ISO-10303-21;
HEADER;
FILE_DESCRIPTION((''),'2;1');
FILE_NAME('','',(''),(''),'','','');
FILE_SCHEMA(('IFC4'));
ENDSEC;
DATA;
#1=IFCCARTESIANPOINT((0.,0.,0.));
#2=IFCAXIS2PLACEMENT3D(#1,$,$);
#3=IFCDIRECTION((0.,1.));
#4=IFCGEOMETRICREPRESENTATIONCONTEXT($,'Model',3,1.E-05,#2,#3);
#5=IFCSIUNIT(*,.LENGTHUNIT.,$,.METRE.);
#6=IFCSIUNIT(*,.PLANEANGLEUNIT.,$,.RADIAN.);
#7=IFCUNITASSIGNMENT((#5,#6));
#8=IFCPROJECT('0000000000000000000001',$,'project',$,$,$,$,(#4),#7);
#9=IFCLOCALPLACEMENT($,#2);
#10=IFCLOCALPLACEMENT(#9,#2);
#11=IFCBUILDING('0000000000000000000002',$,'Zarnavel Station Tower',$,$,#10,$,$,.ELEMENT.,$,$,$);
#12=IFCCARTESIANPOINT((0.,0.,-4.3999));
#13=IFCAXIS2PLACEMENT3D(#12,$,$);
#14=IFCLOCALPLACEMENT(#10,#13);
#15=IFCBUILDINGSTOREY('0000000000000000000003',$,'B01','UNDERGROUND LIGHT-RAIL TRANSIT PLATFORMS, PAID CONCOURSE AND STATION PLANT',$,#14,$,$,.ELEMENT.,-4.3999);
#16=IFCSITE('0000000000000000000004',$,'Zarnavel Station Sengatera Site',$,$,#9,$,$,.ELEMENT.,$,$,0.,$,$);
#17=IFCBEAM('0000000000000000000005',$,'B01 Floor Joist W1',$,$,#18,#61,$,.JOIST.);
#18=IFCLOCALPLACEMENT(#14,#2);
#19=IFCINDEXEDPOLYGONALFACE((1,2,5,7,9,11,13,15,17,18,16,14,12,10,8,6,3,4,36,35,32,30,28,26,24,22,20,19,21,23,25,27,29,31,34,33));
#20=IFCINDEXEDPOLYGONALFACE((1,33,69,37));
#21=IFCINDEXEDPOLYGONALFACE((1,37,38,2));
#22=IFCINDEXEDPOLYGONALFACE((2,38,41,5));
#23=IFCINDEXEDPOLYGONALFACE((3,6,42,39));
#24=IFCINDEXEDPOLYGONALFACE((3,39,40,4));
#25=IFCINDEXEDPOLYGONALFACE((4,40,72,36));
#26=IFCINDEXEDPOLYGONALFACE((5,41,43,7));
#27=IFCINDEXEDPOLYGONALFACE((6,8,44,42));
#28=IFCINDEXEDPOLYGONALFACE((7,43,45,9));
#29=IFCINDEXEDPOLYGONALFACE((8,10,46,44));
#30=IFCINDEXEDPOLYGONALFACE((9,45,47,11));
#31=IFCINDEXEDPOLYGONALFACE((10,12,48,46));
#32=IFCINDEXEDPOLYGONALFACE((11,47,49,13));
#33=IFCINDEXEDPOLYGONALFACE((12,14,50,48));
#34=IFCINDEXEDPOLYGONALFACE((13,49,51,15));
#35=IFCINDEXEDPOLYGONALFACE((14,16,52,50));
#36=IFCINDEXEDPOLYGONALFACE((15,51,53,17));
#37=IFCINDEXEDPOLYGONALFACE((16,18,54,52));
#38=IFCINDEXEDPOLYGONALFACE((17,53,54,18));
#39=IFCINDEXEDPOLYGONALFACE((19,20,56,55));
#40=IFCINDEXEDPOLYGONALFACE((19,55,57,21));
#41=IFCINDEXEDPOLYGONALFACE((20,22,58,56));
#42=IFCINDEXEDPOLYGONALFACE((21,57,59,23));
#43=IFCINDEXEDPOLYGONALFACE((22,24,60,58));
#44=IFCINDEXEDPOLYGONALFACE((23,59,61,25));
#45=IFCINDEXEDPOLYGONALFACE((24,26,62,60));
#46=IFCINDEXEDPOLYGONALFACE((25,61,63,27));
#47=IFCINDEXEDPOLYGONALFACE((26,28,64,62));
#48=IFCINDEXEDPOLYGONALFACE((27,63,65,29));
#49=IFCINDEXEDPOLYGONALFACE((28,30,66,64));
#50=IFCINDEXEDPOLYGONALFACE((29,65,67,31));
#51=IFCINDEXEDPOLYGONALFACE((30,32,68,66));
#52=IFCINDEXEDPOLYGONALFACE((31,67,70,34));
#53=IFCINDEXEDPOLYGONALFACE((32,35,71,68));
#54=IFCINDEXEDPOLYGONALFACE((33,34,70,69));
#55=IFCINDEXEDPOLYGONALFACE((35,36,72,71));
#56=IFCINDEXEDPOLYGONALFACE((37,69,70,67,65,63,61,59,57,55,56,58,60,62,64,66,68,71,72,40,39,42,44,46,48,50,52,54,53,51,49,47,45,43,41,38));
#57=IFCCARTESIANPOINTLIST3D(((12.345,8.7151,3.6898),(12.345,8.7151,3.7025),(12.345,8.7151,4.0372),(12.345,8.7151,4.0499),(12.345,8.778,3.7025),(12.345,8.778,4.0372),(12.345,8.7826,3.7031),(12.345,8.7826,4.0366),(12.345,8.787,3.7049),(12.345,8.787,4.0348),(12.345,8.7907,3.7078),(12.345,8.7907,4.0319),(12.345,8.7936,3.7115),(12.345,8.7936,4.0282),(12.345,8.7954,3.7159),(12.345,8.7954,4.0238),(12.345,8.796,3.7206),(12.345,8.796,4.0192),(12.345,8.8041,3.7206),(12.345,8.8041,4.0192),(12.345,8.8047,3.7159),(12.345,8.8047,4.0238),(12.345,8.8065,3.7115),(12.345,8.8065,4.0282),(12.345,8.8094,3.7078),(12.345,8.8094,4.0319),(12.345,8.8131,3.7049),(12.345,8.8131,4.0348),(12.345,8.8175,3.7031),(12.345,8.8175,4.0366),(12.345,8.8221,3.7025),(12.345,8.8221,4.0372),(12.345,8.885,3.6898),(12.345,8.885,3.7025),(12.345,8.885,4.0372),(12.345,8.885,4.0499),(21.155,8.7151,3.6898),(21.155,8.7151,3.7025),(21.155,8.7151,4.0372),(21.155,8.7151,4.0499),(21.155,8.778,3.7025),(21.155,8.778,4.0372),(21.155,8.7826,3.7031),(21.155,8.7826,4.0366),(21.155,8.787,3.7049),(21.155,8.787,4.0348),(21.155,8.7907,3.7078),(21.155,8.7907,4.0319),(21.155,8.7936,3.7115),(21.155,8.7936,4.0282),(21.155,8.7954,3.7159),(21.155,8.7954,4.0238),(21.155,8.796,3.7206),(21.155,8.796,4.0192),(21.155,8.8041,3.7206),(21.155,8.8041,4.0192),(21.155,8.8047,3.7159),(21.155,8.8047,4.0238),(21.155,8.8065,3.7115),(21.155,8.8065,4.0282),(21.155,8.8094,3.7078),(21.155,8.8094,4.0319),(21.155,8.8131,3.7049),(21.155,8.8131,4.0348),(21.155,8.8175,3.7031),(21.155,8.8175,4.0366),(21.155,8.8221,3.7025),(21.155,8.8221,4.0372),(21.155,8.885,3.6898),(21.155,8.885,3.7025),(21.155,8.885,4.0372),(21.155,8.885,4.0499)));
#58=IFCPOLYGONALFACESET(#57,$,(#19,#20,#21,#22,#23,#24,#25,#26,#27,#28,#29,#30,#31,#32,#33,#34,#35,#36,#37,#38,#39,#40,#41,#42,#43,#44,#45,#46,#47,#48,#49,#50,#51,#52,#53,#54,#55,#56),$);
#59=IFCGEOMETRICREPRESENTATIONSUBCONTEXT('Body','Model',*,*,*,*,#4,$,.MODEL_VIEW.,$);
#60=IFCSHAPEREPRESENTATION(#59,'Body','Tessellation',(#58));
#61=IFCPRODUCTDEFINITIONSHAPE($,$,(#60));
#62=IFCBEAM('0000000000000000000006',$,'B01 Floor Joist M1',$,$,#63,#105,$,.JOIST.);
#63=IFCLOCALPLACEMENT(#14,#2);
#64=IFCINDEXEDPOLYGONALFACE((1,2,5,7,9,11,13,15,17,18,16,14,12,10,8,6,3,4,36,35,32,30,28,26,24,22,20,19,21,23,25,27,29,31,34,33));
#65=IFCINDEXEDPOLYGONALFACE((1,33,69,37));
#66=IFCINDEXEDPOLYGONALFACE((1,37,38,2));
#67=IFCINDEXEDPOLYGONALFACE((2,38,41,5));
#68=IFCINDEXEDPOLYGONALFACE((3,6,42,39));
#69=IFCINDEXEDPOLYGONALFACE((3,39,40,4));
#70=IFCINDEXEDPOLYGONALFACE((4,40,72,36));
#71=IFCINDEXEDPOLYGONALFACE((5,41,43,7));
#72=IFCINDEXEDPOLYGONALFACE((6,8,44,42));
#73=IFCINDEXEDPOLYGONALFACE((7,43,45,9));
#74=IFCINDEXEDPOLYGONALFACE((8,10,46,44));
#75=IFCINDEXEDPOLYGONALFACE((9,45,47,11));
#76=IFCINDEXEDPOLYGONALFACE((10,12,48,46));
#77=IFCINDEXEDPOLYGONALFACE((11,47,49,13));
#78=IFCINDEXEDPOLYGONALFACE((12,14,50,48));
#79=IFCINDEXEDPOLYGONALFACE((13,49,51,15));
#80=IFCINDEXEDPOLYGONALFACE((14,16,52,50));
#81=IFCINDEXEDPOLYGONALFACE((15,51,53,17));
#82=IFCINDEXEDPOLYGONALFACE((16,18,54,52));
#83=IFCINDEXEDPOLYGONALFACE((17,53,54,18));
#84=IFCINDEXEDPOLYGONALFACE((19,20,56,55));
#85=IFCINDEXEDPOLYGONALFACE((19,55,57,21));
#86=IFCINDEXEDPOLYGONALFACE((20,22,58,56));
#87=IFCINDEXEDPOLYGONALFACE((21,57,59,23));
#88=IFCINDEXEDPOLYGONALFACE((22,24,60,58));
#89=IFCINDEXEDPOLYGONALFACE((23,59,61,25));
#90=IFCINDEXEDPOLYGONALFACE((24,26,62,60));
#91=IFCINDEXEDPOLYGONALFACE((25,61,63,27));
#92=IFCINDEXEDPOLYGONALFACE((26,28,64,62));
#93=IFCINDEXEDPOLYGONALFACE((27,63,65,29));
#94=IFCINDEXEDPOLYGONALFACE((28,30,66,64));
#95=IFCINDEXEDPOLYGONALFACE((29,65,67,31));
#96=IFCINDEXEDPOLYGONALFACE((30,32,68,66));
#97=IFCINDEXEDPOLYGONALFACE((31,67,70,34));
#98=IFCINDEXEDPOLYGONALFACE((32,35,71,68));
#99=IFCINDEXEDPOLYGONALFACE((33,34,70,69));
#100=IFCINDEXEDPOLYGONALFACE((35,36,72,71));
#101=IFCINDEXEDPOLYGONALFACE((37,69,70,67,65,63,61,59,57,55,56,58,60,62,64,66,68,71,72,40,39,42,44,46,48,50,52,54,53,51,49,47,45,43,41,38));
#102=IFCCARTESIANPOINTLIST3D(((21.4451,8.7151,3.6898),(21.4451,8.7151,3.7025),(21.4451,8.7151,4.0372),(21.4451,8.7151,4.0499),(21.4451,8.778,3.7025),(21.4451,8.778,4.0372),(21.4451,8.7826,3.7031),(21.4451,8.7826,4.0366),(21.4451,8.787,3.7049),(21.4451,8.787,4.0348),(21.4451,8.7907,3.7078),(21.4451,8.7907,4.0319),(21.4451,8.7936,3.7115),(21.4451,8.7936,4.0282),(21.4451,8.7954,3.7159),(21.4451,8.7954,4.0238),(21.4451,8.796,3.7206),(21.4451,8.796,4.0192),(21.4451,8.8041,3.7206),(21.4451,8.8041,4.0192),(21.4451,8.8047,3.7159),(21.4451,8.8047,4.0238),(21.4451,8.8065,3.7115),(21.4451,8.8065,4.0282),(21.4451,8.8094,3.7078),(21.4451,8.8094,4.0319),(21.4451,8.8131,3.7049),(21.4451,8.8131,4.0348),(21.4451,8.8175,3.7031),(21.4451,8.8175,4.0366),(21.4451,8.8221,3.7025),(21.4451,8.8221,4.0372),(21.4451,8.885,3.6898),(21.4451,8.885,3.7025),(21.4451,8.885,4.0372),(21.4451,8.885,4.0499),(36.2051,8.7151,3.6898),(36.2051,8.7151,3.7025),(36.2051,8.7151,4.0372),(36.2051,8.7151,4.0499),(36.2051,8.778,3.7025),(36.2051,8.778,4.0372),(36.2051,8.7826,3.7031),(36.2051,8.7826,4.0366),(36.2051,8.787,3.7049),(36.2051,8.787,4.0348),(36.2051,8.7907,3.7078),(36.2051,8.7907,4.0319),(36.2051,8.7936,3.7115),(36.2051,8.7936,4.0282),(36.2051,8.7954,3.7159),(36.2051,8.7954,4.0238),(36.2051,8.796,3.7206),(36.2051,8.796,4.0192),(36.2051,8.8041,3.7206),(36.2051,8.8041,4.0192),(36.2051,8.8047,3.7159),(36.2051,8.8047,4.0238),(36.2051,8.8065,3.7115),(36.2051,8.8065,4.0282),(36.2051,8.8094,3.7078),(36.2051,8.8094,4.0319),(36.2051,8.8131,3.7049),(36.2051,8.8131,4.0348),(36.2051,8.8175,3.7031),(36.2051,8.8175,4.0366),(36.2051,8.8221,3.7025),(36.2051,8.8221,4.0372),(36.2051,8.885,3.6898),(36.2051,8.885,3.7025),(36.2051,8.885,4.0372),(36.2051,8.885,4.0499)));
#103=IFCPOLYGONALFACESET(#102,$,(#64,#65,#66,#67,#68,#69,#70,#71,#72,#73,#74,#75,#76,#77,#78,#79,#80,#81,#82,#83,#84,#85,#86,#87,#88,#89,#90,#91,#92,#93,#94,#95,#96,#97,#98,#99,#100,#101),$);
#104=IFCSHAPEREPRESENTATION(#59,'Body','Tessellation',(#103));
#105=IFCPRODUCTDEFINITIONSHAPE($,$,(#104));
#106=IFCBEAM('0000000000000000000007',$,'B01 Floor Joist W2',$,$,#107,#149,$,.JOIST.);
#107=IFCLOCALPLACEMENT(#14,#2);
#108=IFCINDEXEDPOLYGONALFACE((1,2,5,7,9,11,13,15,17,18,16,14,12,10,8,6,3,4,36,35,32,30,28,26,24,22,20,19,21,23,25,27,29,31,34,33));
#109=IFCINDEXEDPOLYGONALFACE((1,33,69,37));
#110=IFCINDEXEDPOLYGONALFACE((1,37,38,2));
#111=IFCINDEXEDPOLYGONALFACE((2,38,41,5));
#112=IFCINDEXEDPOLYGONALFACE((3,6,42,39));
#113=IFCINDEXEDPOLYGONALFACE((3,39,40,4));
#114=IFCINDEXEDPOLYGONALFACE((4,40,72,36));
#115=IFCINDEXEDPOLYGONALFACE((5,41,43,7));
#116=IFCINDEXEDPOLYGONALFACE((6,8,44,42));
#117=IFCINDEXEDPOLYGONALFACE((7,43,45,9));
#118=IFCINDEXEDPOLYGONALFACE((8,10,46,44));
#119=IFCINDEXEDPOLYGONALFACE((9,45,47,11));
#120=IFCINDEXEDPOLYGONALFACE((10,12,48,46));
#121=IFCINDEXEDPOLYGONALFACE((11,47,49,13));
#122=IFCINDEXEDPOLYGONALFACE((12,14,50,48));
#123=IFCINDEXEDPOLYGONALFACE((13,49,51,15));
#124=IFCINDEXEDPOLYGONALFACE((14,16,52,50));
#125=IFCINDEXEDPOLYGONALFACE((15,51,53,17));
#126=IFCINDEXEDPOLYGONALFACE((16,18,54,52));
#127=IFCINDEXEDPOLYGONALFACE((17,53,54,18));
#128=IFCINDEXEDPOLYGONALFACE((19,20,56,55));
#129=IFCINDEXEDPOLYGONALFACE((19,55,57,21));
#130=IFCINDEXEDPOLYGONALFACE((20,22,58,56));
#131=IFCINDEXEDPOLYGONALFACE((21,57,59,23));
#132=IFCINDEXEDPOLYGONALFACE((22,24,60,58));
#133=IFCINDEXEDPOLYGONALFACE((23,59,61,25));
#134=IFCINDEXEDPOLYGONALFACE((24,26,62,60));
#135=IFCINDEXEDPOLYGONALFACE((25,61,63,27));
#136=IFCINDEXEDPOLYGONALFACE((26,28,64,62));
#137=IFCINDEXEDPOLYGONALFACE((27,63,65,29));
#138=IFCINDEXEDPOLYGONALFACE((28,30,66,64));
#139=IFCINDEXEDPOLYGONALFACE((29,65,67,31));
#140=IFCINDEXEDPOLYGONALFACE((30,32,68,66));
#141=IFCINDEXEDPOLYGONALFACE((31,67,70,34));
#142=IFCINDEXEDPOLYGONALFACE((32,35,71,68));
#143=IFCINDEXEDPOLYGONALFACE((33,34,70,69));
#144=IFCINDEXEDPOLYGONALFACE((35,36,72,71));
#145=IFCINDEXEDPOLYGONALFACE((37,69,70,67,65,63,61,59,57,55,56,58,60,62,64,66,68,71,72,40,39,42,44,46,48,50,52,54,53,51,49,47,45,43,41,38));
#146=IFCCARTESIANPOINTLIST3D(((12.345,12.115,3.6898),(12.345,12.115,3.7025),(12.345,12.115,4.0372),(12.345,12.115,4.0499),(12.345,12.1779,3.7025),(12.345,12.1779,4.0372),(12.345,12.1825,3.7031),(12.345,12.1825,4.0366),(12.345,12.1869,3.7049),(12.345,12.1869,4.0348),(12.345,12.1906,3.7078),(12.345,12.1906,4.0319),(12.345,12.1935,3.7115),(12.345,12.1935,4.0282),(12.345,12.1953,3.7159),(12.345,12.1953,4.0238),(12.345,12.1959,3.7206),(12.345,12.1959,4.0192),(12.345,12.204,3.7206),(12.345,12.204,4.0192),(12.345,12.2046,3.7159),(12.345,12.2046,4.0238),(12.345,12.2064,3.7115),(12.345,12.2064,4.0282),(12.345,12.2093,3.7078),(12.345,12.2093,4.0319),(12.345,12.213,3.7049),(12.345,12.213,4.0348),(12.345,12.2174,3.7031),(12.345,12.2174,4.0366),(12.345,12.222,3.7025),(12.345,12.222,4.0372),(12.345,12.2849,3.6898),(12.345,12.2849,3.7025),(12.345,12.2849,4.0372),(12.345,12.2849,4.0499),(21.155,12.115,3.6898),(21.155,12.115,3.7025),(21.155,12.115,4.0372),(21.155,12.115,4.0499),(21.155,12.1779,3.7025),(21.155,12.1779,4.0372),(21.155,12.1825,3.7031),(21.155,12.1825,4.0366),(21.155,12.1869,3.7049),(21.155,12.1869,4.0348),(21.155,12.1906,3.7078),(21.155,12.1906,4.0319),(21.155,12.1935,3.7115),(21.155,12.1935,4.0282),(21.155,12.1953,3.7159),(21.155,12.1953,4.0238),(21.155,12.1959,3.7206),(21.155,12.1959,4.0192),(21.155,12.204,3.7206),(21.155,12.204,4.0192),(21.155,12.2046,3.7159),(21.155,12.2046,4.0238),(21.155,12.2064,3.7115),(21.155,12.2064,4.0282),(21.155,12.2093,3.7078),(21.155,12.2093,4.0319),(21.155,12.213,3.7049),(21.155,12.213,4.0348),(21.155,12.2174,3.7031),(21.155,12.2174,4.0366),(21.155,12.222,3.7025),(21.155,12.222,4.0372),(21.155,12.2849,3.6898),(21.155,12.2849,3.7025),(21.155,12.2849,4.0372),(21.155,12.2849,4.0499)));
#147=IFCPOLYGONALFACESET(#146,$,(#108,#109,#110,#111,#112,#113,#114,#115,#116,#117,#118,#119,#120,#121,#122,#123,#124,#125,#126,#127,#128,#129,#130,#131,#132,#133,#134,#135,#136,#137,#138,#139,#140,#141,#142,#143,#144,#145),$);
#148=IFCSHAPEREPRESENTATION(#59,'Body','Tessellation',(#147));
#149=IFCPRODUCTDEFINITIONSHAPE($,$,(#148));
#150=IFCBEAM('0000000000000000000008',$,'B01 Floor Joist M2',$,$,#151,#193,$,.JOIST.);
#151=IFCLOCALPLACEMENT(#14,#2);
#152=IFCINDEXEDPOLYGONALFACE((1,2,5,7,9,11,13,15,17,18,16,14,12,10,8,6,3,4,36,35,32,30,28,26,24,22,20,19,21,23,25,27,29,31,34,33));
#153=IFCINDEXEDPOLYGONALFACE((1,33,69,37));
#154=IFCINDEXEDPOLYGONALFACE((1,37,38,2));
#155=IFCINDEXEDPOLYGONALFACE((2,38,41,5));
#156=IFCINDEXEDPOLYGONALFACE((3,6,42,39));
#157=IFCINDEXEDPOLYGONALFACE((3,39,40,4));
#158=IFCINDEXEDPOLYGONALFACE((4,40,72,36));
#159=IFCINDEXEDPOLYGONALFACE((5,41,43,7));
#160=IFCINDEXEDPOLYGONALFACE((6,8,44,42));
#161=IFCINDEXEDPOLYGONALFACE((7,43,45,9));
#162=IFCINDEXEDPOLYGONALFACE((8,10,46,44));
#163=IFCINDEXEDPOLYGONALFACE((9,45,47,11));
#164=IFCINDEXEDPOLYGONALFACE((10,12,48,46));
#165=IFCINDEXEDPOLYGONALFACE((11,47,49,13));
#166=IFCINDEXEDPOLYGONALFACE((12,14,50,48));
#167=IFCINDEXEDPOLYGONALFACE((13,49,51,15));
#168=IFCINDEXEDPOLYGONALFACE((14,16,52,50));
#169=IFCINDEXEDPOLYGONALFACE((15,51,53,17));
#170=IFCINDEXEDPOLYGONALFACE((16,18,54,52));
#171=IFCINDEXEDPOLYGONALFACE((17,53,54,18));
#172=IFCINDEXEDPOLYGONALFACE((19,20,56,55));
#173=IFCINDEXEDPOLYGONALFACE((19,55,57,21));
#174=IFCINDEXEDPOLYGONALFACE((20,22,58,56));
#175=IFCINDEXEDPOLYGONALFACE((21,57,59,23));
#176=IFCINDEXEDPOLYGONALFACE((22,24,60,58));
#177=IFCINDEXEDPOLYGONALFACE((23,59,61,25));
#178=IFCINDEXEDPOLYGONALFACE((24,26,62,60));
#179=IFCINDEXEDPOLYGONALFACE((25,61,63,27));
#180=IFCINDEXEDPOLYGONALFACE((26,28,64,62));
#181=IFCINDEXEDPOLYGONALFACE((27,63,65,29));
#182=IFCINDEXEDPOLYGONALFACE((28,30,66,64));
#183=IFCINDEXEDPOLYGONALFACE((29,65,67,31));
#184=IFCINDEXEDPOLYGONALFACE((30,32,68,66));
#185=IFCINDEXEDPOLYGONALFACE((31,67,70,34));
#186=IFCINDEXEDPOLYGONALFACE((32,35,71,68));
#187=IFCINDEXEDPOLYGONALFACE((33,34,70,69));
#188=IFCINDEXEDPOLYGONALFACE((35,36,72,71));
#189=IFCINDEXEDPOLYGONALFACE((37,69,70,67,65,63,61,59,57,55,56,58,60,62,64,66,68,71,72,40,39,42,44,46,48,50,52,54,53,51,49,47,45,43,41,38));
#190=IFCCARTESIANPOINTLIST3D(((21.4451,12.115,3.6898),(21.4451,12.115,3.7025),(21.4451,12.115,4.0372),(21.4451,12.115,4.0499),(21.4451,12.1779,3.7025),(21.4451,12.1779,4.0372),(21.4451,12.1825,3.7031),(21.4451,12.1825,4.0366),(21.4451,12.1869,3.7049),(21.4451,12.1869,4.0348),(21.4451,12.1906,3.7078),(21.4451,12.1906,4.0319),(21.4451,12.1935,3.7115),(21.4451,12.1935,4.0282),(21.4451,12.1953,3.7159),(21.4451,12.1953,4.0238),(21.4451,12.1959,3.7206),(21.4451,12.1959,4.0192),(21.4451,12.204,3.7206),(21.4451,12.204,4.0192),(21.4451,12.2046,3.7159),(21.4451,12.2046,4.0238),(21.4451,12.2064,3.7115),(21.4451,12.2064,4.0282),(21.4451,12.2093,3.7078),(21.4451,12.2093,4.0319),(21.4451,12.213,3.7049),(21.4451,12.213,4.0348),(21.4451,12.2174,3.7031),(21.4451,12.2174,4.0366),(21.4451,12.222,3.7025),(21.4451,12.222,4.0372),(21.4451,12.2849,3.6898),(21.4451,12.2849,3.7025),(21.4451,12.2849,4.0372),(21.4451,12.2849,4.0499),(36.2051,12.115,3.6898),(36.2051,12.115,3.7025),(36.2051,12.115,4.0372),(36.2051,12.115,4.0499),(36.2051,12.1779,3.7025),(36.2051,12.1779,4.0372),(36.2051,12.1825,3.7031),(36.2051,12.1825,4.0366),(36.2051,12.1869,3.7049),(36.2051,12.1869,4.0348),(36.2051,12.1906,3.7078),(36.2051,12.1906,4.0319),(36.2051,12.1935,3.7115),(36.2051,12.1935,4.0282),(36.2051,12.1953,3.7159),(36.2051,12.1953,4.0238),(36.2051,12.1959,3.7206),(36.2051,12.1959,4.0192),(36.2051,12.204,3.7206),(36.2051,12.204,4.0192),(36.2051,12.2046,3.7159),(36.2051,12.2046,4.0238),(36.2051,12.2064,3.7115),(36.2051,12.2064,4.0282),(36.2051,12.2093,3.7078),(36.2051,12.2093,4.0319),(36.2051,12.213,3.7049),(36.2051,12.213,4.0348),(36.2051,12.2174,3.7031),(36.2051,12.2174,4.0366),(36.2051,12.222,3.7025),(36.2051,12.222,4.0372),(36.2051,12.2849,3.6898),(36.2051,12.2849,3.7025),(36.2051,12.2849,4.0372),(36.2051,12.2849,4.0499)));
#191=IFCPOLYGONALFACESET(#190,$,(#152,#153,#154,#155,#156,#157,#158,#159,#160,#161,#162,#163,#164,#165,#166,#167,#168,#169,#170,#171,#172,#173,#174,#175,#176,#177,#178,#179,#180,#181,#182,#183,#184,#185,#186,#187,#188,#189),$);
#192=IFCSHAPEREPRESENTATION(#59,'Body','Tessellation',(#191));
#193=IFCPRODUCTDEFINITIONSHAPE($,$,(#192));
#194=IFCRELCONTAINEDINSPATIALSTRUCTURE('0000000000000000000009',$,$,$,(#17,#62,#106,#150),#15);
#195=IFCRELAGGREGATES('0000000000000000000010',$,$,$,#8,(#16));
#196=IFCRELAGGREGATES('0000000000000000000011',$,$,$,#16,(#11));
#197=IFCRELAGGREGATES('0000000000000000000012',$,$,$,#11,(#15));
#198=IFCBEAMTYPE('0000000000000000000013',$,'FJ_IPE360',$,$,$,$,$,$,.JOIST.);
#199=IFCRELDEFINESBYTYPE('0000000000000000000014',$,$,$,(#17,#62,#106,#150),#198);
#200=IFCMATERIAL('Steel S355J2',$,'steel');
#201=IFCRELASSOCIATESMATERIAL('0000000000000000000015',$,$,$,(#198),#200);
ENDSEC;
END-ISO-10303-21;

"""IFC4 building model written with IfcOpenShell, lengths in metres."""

from ifc_helpers import new_model, si_unit, direction, frame, origin, origin_2d, place, context, subcontext, project, spatial, i_section, extrude, material, material_profile, profile_set, type_object, element, save


model = new_model("IFC4")

# Units and contexts
model_context = context("Model", 3, precision=1e-05, world=origin(), true_north=direction((0.0, 1.0)))
body_context = subcontext(model_context, "Body", "Model", "MODEL_VIEW")
ifc_project = project(units=[si_unit("LENGTHUNIT", "METRE"), si_unit("PLANEANGLEUNIT", "RADIAN")], contexts=[model_context])

# Site, building, storey
site_placement = place(None, origin())
site = spatial("IfcSite", under=ifc_project, at=site_placement, Name="Zarnavel Station Sengatera Site", CompositionType="ELEMENT", RefElevation=0.0)
building_placement = place(site_placement, origin())
building = spatial("IfcBuilding", under=site, at=building_placement, Name="Zarnavel Station Tower", CompositionType="ELEMENT")
storey_placement = place(building_placement, frame((0.0, 0.0, -4.3999)))
storey = spatial("IfcBuildingStorey", under=building, at=storey_placement, Name="B01", Description="UNDERGROUND LIGHT-RAIL TRANSIT PLATFORMS, PAID CONCOURSE AND STATION PLANT", CompositionType="ELEMENT", Elevation=-4.3999)

# Beams
ifc_material_1 = material(Name="Steel S355J2", Category="steel")
ifc_material_profile_1 = material_profile(ifc_material_1, i_section(OverallWidth=0.1699, OverallDepth=0.3601, WebThickness=0.0081, FlangeThickness=0.0127, FilletRadius=0.0181, at=origin_2d()), Name="IPE360")
ifc_profile_set_1 = profile_set([ifc_material_profile_1], Name="Steel S355J2")
beam_type_1 = type_object("IfcBeamType", Name="FJ_IPE360", PredefinedType="JOIST", material=ifc_profile_set_1)
beam_1_placement = place(storey_placement, frame((12.345, 8.8, 3.8699), z_axis=(1.0, 0.0, 0.0), x_axis=(0.0, 1.0, 0.0)))
element("IfcBeam", 1, at=beam_1_placement, inside=storey, type_object=beam_type_1, Name="B01 Floor Joist W1", PredefinedType="JOIST", context=body_context, shape_type="SweptSolid", body=[
    extrude(i_section(OverallWidth=0.1699, OverallDepth=0.3601, WebThickness=0.0081, FlangeThickness=0.0127, FilletRadius=0.0181, at=origin_2d()), origin(), (0.0, 0.0, 1.0), 8.8101),
])
beam_2_placement = place(storey_placement, frame((21.4451, 8.8, 3.8699), z_axis=(1.0, 0.0, 0.0), x_axis=(0.0, 1.0, 0.0)))
element("IfcBeam", 2, at=beam_2_placement, inside=storey, type_object=beam_type_1, Name="B01 Floor Joist M1", PredefinedType="JOIST", context=body_context, shape_type="SweptSolid", body=[
    extrude(i_section(OverallWidth=0.1699, OverallDepth=0.3601, WebThickness=0.0081, FlangeThickness=0.0127, FilletRadius=0.0181, at=origin_2d()), origin(), (0.0, 0.0, 1.0), 14.76),
])
beam_3_placement = place(storey_placement, frame((12.345, 12.2, 3.8699), z_axis=(1.0, 0.0, 0.0), x_axis=(0.0, 1.0, 0.0)))
element("IfcBeam", 3, at=beam_3_placement, inside=storey, type_object=beam_type_1, Name="B01 Floor Joist W2", PredefinedType="JOIST", context=body_context, shape_type="SweptSolid", body=[
    extrude(i_section(OverallWidth=0.1699, OverallDepth=0.3601, WebThickness=0.0081, FlangeThickness=0.0127, FilletRadius=0.0181, at=origin_2d()), origin(), (0.0, 0.0, 1.0), 8.8101),
])
beam_4_placement = place(storey_placement, frame((21.4451, 12.2, 3.8699), z_axis=(1.0, 0.0, 0.0), x_axis=(0.0, 1.0, 0.0)))
element("IfcBeam", 4, at=beam_4_placement, inside=storey, type_object=beam_type_1, Name="B01 Floor Joist M2", PredefinedType="JOIST", context=body_context, shape_type="SweptSolid", body=[
    extrude(i_section(OverallWidth=0.1699, OverallDepth=0.3601, WebThickness=0.0081, FlangeThickness=0.0127, FilletRadius=0.0181, at=origin_2d()), origin(), (0.0, 0.0, 1.0), 14.76),
])

save(model, "model.ifc")
